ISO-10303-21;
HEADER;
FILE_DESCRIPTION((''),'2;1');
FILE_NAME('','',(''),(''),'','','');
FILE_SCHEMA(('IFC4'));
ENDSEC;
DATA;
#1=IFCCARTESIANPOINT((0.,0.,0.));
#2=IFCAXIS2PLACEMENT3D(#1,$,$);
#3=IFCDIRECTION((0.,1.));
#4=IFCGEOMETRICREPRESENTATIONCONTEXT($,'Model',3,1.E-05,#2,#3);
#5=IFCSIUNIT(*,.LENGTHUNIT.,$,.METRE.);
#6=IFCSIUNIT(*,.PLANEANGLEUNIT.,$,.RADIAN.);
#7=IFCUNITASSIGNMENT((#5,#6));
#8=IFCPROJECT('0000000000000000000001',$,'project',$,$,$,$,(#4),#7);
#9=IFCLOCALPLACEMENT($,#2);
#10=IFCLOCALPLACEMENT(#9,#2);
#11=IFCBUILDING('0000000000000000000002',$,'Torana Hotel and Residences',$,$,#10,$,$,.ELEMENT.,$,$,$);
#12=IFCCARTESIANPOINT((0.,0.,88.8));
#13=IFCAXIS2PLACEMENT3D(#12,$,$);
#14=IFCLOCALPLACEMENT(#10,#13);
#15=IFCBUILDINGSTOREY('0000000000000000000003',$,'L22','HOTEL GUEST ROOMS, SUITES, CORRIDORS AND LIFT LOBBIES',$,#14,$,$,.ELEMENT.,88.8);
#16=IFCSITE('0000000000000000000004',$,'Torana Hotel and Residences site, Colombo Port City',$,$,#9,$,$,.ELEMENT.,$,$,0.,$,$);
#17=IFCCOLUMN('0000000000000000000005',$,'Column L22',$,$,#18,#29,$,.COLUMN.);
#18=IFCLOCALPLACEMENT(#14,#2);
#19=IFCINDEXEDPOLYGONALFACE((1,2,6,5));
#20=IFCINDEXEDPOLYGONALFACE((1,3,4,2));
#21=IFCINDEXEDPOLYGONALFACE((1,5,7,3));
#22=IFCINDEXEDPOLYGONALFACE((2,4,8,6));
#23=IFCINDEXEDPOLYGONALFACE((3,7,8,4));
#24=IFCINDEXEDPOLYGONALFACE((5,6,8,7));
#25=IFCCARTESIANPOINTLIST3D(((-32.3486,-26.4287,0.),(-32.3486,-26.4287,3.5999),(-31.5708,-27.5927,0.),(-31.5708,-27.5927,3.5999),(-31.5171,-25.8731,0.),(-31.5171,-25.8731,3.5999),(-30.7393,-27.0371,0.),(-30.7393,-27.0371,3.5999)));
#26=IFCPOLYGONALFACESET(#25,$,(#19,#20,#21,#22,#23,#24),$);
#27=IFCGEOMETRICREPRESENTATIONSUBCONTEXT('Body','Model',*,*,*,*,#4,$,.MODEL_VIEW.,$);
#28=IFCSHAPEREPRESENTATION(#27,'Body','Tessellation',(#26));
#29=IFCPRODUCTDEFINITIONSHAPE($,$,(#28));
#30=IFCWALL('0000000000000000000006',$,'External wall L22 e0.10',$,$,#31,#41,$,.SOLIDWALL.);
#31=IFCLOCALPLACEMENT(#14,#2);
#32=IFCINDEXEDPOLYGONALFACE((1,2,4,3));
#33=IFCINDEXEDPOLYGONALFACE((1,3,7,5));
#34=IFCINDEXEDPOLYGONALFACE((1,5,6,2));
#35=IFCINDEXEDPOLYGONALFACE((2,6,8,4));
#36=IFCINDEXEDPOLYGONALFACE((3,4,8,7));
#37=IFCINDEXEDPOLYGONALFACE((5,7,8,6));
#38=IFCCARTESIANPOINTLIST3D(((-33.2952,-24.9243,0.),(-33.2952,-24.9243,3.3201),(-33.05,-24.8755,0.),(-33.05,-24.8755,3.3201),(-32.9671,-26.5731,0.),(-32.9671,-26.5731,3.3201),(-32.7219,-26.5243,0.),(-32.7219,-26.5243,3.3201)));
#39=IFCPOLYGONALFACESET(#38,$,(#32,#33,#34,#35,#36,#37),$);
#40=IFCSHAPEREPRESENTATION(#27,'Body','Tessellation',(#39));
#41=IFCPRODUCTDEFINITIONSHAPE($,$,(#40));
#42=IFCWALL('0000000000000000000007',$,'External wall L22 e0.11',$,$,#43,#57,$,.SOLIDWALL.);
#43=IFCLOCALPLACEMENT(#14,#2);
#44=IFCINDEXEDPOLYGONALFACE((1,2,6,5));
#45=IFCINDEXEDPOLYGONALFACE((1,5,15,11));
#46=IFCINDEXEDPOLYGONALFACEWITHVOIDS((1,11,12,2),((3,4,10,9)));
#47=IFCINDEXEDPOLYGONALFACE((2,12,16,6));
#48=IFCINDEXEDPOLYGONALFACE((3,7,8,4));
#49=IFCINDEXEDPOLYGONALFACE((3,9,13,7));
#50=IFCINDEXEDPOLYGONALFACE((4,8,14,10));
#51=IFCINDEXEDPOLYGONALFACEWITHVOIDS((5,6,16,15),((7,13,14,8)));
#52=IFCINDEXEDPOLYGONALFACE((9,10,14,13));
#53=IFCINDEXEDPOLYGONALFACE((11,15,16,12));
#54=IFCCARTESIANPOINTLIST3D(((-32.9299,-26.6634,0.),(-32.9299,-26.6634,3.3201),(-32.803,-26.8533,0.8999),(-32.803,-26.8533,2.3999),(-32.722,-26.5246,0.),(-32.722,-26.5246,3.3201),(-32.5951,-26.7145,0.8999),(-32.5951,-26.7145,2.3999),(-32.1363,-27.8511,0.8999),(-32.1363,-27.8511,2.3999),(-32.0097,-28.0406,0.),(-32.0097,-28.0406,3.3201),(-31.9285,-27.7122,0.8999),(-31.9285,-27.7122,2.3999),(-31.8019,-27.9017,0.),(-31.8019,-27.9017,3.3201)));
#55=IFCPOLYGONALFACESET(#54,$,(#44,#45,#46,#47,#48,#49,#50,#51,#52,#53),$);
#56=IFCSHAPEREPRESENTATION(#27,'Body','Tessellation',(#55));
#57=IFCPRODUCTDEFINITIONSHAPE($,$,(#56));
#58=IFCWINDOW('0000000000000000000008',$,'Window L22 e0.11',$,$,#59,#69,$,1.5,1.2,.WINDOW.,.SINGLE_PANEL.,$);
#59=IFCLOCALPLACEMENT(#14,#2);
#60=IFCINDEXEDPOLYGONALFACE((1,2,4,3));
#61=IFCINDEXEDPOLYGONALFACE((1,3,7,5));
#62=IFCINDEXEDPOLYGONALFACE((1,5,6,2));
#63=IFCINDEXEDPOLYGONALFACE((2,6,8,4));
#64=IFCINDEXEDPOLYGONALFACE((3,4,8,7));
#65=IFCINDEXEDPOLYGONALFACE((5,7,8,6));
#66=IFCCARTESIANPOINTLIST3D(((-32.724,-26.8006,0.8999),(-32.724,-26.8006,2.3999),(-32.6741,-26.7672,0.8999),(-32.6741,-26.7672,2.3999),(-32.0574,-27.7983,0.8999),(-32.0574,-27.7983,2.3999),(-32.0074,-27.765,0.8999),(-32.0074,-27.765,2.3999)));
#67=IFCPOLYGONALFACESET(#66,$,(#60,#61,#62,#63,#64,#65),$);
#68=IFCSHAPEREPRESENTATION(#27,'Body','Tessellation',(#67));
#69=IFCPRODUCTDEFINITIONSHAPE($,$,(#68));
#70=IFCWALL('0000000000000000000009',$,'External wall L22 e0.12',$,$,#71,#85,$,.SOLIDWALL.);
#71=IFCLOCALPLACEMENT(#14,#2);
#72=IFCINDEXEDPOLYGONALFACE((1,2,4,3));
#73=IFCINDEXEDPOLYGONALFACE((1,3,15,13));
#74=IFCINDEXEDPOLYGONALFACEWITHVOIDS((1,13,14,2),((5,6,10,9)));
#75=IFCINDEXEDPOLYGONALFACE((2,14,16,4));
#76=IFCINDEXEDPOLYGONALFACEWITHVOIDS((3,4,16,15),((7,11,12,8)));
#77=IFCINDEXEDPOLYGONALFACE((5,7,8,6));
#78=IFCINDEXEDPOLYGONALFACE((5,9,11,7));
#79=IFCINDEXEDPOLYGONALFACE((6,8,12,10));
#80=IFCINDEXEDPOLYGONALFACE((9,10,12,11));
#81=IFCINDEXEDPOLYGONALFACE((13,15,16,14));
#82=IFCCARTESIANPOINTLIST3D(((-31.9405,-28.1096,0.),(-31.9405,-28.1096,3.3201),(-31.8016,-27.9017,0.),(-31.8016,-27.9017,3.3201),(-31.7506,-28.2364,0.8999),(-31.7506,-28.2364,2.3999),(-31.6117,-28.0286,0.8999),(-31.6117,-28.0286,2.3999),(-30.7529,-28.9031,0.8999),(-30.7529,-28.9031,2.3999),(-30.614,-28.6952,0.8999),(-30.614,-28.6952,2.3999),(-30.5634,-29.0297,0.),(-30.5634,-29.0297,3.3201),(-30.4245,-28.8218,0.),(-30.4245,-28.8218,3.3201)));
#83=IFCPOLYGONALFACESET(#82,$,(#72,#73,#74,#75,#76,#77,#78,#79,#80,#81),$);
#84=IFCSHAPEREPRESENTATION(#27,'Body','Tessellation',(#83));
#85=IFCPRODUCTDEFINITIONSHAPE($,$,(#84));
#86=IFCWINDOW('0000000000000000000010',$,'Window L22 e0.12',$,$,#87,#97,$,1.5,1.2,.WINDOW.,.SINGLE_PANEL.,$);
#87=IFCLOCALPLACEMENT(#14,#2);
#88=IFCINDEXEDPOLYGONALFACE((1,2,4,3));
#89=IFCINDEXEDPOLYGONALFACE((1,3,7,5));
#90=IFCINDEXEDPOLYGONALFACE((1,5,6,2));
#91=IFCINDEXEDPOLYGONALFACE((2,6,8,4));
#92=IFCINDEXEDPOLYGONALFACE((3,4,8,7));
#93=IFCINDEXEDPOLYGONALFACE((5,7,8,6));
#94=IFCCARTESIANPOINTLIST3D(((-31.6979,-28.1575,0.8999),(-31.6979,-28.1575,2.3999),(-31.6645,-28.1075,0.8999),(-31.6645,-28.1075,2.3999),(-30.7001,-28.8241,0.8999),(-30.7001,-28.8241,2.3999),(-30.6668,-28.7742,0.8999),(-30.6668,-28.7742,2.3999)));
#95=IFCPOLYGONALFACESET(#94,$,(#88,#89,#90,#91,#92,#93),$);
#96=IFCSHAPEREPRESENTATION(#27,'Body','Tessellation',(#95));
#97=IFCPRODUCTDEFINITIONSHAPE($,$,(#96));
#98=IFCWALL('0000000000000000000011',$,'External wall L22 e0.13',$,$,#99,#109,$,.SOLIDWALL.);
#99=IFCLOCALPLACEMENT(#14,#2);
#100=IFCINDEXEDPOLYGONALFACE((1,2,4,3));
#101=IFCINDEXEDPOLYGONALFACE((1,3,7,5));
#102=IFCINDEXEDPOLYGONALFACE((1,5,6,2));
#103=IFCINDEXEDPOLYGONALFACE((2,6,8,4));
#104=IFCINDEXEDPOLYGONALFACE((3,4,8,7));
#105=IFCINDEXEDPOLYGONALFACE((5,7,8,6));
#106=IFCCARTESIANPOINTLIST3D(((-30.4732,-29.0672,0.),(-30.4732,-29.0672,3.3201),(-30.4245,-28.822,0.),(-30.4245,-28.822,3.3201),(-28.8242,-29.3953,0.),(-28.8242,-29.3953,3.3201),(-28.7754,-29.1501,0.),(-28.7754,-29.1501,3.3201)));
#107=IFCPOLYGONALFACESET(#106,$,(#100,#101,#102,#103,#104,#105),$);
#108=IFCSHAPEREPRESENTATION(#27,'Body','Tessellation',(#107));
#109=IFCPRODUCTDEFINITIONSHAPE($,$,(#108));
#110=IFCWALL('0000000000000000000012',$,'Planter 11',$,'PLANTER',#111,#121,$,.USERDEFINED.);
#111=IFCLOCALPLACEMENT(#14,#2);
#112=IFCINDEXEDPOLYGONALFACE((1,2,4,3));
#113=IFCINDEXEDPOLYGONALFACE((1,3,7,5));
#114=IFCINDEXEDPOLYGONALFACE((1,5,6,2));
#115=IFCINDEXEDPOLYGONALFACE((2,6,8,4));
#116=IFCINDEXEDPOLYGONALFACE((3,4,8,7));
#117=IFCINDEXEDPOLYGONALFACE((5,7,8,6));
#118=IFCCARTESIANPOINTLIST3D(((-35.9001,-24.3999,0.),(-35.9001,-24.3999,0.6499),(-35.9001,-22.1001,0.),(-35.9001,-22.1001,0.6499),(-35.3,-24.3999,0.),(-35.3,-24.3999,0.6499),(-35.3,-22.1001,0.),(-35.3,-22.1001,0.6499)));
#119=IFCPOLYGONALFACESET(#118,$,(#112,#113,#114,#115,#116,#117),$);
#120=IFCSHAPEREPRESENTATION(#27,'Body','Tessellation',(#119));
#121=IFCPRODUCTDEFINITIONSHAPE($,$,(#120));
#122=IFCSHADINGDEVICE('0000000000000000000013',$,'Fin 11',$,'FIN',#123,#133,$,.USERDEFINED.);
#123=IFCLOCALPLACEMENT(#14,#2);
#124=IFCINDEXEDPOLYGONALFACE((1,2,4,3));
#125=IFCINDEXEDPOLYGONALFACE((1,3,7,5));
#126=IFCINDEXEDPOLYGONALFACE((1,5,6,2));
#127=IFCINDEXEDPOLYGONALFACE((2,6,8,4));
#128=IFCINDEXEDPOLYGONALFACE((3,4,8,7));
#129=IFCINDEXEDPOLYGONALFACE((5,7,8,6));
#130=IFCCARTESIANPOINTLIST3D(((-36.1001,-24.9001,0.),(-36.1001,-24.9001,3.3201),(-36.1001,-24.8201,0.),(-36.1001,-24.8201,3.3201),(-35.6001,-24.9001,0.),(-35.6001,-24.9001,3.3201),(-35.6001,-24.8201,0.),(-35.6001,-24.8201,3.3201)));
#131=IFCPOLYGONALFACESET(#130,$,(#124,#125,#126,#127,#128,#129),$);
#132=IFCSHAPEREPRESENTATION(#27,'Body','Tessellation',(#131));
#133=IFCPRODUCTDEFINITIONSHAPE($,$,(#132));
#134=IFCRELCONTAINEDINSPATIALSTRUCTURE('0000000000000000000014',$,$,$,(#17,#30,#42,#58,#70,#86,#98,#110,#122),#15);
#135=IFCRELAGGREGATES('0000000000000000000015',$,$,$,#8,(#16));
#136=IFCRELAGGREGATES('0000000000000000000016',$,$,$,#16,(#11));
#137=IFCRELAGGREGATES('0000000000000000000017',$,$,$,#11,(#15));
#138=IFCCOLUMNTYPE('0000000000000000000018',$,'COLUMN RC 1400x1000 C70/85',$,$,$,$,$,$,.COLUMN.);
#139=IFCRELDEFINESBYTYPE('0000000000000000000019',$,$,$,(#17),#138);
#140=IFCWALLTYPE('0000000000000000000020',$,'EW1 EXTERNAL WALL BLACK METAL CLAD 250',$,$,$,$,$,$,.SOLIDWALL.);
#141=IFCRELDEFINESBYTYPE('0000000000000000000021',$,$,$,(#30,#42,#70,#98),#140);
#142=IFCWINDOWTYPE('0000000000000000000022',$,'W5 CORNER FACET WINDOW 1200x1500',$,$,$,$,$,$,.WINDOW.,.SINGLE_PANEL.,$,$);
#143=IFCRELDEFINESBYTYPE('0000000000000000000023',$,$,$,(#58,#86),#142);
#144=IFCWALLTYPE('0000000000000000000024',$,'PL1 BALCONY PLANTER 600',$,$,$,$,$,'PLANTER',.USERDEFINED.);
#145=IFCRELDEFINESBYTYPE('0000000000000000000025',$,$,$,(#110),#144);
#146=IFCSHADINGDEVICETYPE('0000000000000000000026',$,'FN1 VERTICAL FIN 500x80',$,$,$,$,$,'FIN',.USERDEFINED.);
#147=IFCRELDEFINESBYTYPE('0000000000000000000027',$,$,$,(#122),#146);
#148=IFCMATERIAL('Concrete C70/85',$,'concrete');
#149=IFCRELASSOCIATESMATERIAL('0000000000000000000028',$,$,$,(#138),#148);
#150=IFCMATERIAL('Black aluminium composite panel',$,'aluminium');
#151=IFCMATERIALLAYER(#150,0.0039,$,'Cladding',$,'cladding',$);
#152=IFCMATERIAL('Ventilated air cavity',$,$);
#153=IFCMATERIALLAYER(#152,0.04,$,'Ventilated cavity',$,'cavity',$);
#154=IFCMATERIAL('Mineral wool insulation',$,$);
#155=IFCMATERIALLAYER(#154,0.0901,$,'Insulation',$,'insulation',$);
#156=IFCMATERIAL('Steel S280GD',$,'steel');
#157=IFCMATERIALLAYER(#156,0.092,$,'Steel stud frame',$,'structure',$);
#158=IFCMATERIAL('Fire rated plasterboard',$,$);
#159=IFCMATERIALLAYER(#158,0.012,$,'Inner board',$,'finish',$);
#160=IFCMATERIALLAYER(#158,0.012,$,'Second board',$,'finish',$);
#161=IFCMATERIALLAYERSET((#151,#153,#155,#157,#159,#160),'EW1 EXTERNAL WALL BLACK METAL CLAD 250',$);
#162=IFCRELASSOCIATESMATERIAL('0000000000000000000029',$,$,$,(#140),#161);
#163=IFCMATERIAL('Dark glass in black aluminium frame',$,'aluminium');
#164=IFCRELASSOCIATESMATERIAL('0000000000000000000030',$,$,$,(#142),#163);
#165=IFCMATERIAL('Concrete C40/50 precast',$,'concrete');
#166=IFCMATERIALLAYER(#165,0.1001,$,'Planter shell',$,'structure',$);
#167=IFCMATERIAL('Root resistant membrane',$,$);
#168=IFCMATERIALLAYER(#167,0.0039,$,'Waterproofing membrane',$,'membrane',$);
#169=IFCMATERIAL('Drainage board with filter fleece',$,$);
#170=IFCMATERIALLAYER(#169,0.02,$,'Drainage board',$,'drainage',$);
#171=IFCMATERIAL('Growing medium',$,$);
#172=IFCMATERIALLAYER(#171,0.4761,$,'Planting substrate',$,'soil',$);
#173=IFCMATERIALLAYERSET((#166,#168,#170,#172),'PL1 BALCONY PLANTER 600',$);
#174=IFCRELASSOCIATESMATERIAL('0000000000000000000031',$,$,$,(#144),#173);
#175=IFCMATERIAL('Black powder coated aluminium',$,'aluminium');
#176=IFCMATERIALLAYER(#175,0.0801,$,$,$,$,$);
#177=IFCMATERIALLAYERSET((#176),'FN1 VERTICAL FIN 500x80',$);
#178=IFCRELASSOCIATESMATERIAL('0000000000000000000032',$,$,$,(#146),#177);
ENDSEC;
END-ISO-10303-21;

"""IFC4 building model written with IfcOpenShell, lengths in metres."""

from ifc_helpers import new_model, si_unit, direction, frame, frame_2d, origin, origin_2d, place, context, subcontext, project, spatial, rectangle, extrude, material, layer, layer_set, material_profile, profile_set, type_object, element, fill, save


model = new_model("IFC4")

# Units and contexts
model_context = context("Model", 3, precision=1e-05, world=origin(), true_north=direction((0.0, 1.0)))
body_context = subcontext(model_context, "Body", "Model", "MODEL_VIEW")
ifc_project = project(units=[si_unit("LENGTHUNIT", "METRE"), si_unit("PLANEANGLEUNIT", "RADIAN")], contexts=[model_context])

# Site, building, storey
site_placement = place(None, origin())
site = spatial("IfcSite", under=ifc_project, at=site_placement, Name="Torana Hotel and Residences site, Colombo Port City", CompositionType="ELEMENT", RefElevation=0.0)
building_placement = place(site_placement, origin())
building = spatial("IfcBuilding", under=site, at=building_placement, Name="Torana Hotel and Residences", CompositionType="ELEMENT")
storey_placement = place(building_placement, frame((0.0, 0.0, 88.8)))
storey = spatial("IfcBuildingStorey", under=building, at=storey_placement, Name="L22", Description="HOTEL GUEST ROOMS, SUITES, CORRIDORS AND LIFT LOBBIES", CompositionType="ELEMENT", Elevation=88.8)

# Column
ifc_material_1 = material(Name="Concrete C70/85", Category="concrete")
ifc_material_profile = material_profile(ifc_material_1, rectangle(XDim=1.3999, YDim=1.0, at=origin_2d()), Name="RC 1400x1000")
ifc_profile_set = profile_set([ifc_material_profile], Name="Concrete C70/85")
column_type = type_object("IfcColumnType", Name="COLUMN RC 1400x1000 C70/85", PredefinedType="COLUMN", material=ifc_profile_set)
column_placement = place(storey_placement, frame((-31.5439, -26.7329, 0.0), z_axis=(0.0, 0.0, 1.0), x_axis=(-0.555585, 0.83146, 0.0)))
element("IfcColumn", 1, at=column_placement, inside=storey, type_object=column_type, Name="Column L22", PredefinedType="COLUMN", context=body_context, shape_type="SweptSolid", body=[
    extrude(rectangle(XDim=1.3999, YDim=1.0, at=origin_2d()), origin(), (0.0, 0.0, 1.0), 3.5999),
])

# Wall
ifc_material_2 = material(Name="Black aluminium composite panel", Category="aluminium")
ifc_layer_1 = layer(ifc_material_2, 0.0039, Name="Cladding", Category="cladding")
ifc_material_3 = material(Name="Ventilated air cavity")
ifc_layer_2 = layer(ifc_material_3, 0.04, Name="Ventilated cavity", Category="cavity")
ifc_material_4 = material(Name="Mineral wool insulation")
ifc_layer_3 = layer(ifc_material_4, 0.0901, Name="Insulation", Category="insulation")
ifc_material_5 = material(Name="Steel S280GD", Category="steel")
ifc_layer_4 = layer(ifc_material_5, 0.092, Name="Steel stud frame", Category="structure")
ifc_material_6 = material(Name="Fire rated plasterboard")
ifc_layer_5 = layer(ifc_material_6, 0.012, Name="Inner board", Category="finish")
ifc_layer_6 = layer(ifc_material_6, 0.012, Name="Second board", Category="finish")
ifc_layer_set_1 = layer_set([ifc_layer_1, ifc_layer_2, ifc_layer_3, ifc_layer_4, ifc_layer_5, ifc_layer_6], Name="EW1 EXTERNAL WALL BLACK METAL CLAD 250")
wall_type_1 = type_object("IfcWallType", Name="EW1 EXTERNAL WALL BLACK METAL CLAD 250", PredefinedType="SOLIDWALL", material=ifc_layer_set_1)
wall_1_placement = place(storey_placement, frame((-33.1726, -24.8999, 0.0), z_axis=(0.0, 0.0, 1.0), x_axis=(0.195167, -0.98077, 0.0)))
element("IfcWall", 2, at=wall_1_placement, inside=storey, type_object=wall_type_1, Name="External wall L22 e0.10", PredefinedType="SOLIDWALL", context=body_context, shape_type="SweptSolid", body=[
    extrude(rectangle(XDim=1.6812, YDim=0.25, at=frame_2d((0.8406, 0.0))), origin(), (0.0, 0.0, 1.0), 3.3201),
])

# Walls, openings, windows
wall_2_placement = place(storey_placement, frame((-32.8259, -26.594, 0.0), z_axis=(0.0, 0.0, 1.0), x_axis=(0.55555, -0.831483, 0.0)))
wall_2 = element("IfcWall", 3, at=wall_2_placement, inside=storey, type_object=wall_type_1, Name="External wall L22 e0.11", PredefinedType="SOLIDWALL", context=body_context, shape_type="SweptSolid", body=[
    extrude(rectangle(XDim=1.6562, YDim=0.25, at=frame_2d((0.8281, 0.0))), origin(), (0.0, 0.0, 1.0), 3.3201),
])
opening_1_placement = place(wall_2_placement, frame((0.2283, 0.0, 0.8999)))
opening_1 = element("IfcOpeningElement", 4, at=opening_1_placement, cuts=wall_2, PredefinedType="OPENING", context=body_context, shape_type="SweptSolid", body=[
    extrude(rectangle(XDim=1.2, YDim=1.5, at=frame_2d((0.6001, 0.75))), frame((0.0, 0.135, 0.0), z_axis=(0.0, -1.0, 0.0), x_axis=(1.0, 0.0, 0.0)), (0.0, 0.0, 1.0), 0.27),
])
ifc_material_7 = material(Name="Dark glass in black aluminium frame", Category="aluminium")
window_type = type_object("IfcWindowType", Name="W5 CORNER FACET WINDOW 1200x1500", PartitioningType="SINGLE_PANEL", PredefinedType="WINDOW", material=ifc_material_7)
window_1_placement = place(opening_1_placement, origin())
window_1 = element("IfcWindow", 5, at=window_1_placement, inside=storey, type_object=window_type, Name="Window L22 e0.11", OverallHeight=1.5, OverallWidth=1.2, PartitioningType="SINGLE_PANEL", PredefinedType="WINDOW", context=body_context, shape_type="SweptSolid", body=[
    extrude(rectangle(XDim=1.2, YDim=1.5, at=frame_2d((0.6001, 0.75))), frame((0.0, 0.03, 0.0), z_axis=(0.0, -1.0, 0.0), x_axis=(1.0, 0.0, 0.0)), (0.0, 0.0, 1.0), 0.0601),
])
fill(opening_1, window_1)
wall_3_placement = place(storey_placement, frame((-31.8711, -28.0056, 0.0), z_axis=(0.0, 0.0, 1.0), x_axis=(0.831483, -0.55555, 0.0)))
wall_3 = element("IfcWall", 6, at=wall_3_placement, inside=storey, type_object=wall_type_1, Name="External wall L22 e0.12", PredefinedType="SOLIDWALL", context=body_context, shape_type="SweptSolid", body=[
    extrude(rectangle(XDim=1.6562, YDim=0.25, at=frame_2d((0.8281, 0.0))), origin(), (0.0, 0.0, 1.0), 3.3201),
])
opening_2_placement = place(wall_3_placement, frame((0.2283, 0.0, 0.8999)))
opening_2 = element("IfcOpeningElement", 7, at=opening_2_placement, cuts=wall_3, PredefinedType="OPENING", context=body_context, shape_type="SweptSolid", body=[
    extrude(rectangle(XDim=1.2, YDim=1.5, at=frame_2d((0.6001, 0.75))), frame((0.0, 0.135, 0.0), z_axis=(0.0, -1.0, 0.0), x_axis=(1.0, 0.0, 0.0)), (0.0, 0.0, 1.0), 0.27),
])
window_2_placement = place(opening_2_placement, origin())
window_2 = element("IfcWindow", 8, at=window_2_placement, inside=storey, type_object=window_type, Name="Window L22 e0.12", OverallHeight=1.5, OverallWidth=1.2, PartitioningType="SINGLE_PANEL", PredefinedType="WINDOW", context=body_context, shape_type="SweptSolid", body=[
    extrude(rectangle(XDim=1.2, YDim=1.5, at=frame_2d((0.6001, 0.75))), frame((0.0, 0.03, 0.0), z_axis=(0.0, -1.0, 0.0), x_axis=(1.0, 0.0, 0.0)), (0.0, 0.0, 1.0), 0.0601),
])
fill(opening_2, window_2)

# Walls
wall_4_placement = place(storey_placement, frame((-30.449, -28.9446, 0.0), z_axis=(0.0, 0.0, 1.0), x_axis=(0.980776, -0.195139, 0.0)))
element("IfcWall", 9, at=wall_4_placement, inside=storey, type_object=wall_type_1, Name="External wall L22 e0.13", PredefinedType="SOLIDWALL", context=body_context, shape_type="SweptSolid", body=[
    extrude(rectangle(XDim=1.6814, YDim=0.25, at=frame_2d((0.8408, 0.0))), origin(), (0.0, 0.0, 1.0), 3.3201),
])
ifc_material_8 = material(Name="Concrete C40/50 precast", Category="concrete")
ifc_layer_7 = layer(ifc_material_8, 0.1001, Name="Planter shell", Category="structure")
ifc_material_9 = material(Name="Root resistant membrane")
ifc_layer_8 = layer(ifc_material_9, 0.0039, Name="Waterproofing membrane", Category="membrane")
ifc_material_10 = material(Name="Drainage board with filter fleece")
ifc_layer_9 = layer(ifc_material_10, 0.02, Name="Drainage board", Category="drainage")
ifc_material_11 = material(Name="Growing medium")
ifc_layer_10 = layer(ifc_material_11, 0.4761, Name="Planting substrate", Category="soil")
ifc_layer_set_2 = layer_set([ifc_layer_7, ifc_layer_8, ifc_layer_9, ifc_layer_10], Name="PL1 BALCONY PLANTER 600")
wall_type_2 = type_object("IfcWallType", Name="PL1 BALCONY PLANTER 600", ElementType="PLANTER", PredefinedType="USERDEFINED", material=ifc_layer_set_2)
wall_5_placement = place(storey_placement, frame((-35.6001, -24.3999, 0.0), z_axis=(0.0, 0.0, 1.0), x_axis=(0.0, 1.0, 0.0)))
element("IfcWall", 10, at=wall_5_placement, inside=storey, type_object=wall_type_2, Name="Planter 11", ObjectType="PLANTER", PredefinedType="USERDEFINED", context=body_context, shape_type="SweptSolid", body=[
    extrude(rectangle(XDim=2.2998, YDim=0.6001, at=frame_2d((1.1499, 0.0))), origin(), (0.0, 0.0, 1.0), 0.6499),
])

# Shading device
ifc_material_12 = material(Name="Black powder coated aluminium", Category="aluminium")
ifc_layer_11 = layer(ifc_material_12, 0.0801)
ifc_layer_set_3 = layer_set([ifc_layer_11], Name="FN1 VERTICAL FIN 500x80")
shading_device_type = type_object("IfcShadingDeviceType", Name="FN1 VERTICAL FIN 500x80", ElementType="FIN", PredefinedType="USERDEFINED", material=ifc_layer_set_3)
shading_device_placement = place(storey_placement, frame((-35.8501, -24.8601, 0.0), z_axis=(0.0, 0.0, 1.0), x_axis=(0.0, 1.0, 0.0)))
element("IfcShadingDevice", 11, at=shading_device_placement, inside=storey, type_object=shading_device_type, Name="Fin 11", ObjectType="FIN", PredefinedType="USERDEFINED", context=body_context, shape_type="SweptSolid", body=[
    extrude(rectangle(XDim=0.0801, YDim=0.5, at=origin_2d()), origin(), (0.0, 0.0, 1.0), 3.3201),
])

save(model, "model.ifc")
